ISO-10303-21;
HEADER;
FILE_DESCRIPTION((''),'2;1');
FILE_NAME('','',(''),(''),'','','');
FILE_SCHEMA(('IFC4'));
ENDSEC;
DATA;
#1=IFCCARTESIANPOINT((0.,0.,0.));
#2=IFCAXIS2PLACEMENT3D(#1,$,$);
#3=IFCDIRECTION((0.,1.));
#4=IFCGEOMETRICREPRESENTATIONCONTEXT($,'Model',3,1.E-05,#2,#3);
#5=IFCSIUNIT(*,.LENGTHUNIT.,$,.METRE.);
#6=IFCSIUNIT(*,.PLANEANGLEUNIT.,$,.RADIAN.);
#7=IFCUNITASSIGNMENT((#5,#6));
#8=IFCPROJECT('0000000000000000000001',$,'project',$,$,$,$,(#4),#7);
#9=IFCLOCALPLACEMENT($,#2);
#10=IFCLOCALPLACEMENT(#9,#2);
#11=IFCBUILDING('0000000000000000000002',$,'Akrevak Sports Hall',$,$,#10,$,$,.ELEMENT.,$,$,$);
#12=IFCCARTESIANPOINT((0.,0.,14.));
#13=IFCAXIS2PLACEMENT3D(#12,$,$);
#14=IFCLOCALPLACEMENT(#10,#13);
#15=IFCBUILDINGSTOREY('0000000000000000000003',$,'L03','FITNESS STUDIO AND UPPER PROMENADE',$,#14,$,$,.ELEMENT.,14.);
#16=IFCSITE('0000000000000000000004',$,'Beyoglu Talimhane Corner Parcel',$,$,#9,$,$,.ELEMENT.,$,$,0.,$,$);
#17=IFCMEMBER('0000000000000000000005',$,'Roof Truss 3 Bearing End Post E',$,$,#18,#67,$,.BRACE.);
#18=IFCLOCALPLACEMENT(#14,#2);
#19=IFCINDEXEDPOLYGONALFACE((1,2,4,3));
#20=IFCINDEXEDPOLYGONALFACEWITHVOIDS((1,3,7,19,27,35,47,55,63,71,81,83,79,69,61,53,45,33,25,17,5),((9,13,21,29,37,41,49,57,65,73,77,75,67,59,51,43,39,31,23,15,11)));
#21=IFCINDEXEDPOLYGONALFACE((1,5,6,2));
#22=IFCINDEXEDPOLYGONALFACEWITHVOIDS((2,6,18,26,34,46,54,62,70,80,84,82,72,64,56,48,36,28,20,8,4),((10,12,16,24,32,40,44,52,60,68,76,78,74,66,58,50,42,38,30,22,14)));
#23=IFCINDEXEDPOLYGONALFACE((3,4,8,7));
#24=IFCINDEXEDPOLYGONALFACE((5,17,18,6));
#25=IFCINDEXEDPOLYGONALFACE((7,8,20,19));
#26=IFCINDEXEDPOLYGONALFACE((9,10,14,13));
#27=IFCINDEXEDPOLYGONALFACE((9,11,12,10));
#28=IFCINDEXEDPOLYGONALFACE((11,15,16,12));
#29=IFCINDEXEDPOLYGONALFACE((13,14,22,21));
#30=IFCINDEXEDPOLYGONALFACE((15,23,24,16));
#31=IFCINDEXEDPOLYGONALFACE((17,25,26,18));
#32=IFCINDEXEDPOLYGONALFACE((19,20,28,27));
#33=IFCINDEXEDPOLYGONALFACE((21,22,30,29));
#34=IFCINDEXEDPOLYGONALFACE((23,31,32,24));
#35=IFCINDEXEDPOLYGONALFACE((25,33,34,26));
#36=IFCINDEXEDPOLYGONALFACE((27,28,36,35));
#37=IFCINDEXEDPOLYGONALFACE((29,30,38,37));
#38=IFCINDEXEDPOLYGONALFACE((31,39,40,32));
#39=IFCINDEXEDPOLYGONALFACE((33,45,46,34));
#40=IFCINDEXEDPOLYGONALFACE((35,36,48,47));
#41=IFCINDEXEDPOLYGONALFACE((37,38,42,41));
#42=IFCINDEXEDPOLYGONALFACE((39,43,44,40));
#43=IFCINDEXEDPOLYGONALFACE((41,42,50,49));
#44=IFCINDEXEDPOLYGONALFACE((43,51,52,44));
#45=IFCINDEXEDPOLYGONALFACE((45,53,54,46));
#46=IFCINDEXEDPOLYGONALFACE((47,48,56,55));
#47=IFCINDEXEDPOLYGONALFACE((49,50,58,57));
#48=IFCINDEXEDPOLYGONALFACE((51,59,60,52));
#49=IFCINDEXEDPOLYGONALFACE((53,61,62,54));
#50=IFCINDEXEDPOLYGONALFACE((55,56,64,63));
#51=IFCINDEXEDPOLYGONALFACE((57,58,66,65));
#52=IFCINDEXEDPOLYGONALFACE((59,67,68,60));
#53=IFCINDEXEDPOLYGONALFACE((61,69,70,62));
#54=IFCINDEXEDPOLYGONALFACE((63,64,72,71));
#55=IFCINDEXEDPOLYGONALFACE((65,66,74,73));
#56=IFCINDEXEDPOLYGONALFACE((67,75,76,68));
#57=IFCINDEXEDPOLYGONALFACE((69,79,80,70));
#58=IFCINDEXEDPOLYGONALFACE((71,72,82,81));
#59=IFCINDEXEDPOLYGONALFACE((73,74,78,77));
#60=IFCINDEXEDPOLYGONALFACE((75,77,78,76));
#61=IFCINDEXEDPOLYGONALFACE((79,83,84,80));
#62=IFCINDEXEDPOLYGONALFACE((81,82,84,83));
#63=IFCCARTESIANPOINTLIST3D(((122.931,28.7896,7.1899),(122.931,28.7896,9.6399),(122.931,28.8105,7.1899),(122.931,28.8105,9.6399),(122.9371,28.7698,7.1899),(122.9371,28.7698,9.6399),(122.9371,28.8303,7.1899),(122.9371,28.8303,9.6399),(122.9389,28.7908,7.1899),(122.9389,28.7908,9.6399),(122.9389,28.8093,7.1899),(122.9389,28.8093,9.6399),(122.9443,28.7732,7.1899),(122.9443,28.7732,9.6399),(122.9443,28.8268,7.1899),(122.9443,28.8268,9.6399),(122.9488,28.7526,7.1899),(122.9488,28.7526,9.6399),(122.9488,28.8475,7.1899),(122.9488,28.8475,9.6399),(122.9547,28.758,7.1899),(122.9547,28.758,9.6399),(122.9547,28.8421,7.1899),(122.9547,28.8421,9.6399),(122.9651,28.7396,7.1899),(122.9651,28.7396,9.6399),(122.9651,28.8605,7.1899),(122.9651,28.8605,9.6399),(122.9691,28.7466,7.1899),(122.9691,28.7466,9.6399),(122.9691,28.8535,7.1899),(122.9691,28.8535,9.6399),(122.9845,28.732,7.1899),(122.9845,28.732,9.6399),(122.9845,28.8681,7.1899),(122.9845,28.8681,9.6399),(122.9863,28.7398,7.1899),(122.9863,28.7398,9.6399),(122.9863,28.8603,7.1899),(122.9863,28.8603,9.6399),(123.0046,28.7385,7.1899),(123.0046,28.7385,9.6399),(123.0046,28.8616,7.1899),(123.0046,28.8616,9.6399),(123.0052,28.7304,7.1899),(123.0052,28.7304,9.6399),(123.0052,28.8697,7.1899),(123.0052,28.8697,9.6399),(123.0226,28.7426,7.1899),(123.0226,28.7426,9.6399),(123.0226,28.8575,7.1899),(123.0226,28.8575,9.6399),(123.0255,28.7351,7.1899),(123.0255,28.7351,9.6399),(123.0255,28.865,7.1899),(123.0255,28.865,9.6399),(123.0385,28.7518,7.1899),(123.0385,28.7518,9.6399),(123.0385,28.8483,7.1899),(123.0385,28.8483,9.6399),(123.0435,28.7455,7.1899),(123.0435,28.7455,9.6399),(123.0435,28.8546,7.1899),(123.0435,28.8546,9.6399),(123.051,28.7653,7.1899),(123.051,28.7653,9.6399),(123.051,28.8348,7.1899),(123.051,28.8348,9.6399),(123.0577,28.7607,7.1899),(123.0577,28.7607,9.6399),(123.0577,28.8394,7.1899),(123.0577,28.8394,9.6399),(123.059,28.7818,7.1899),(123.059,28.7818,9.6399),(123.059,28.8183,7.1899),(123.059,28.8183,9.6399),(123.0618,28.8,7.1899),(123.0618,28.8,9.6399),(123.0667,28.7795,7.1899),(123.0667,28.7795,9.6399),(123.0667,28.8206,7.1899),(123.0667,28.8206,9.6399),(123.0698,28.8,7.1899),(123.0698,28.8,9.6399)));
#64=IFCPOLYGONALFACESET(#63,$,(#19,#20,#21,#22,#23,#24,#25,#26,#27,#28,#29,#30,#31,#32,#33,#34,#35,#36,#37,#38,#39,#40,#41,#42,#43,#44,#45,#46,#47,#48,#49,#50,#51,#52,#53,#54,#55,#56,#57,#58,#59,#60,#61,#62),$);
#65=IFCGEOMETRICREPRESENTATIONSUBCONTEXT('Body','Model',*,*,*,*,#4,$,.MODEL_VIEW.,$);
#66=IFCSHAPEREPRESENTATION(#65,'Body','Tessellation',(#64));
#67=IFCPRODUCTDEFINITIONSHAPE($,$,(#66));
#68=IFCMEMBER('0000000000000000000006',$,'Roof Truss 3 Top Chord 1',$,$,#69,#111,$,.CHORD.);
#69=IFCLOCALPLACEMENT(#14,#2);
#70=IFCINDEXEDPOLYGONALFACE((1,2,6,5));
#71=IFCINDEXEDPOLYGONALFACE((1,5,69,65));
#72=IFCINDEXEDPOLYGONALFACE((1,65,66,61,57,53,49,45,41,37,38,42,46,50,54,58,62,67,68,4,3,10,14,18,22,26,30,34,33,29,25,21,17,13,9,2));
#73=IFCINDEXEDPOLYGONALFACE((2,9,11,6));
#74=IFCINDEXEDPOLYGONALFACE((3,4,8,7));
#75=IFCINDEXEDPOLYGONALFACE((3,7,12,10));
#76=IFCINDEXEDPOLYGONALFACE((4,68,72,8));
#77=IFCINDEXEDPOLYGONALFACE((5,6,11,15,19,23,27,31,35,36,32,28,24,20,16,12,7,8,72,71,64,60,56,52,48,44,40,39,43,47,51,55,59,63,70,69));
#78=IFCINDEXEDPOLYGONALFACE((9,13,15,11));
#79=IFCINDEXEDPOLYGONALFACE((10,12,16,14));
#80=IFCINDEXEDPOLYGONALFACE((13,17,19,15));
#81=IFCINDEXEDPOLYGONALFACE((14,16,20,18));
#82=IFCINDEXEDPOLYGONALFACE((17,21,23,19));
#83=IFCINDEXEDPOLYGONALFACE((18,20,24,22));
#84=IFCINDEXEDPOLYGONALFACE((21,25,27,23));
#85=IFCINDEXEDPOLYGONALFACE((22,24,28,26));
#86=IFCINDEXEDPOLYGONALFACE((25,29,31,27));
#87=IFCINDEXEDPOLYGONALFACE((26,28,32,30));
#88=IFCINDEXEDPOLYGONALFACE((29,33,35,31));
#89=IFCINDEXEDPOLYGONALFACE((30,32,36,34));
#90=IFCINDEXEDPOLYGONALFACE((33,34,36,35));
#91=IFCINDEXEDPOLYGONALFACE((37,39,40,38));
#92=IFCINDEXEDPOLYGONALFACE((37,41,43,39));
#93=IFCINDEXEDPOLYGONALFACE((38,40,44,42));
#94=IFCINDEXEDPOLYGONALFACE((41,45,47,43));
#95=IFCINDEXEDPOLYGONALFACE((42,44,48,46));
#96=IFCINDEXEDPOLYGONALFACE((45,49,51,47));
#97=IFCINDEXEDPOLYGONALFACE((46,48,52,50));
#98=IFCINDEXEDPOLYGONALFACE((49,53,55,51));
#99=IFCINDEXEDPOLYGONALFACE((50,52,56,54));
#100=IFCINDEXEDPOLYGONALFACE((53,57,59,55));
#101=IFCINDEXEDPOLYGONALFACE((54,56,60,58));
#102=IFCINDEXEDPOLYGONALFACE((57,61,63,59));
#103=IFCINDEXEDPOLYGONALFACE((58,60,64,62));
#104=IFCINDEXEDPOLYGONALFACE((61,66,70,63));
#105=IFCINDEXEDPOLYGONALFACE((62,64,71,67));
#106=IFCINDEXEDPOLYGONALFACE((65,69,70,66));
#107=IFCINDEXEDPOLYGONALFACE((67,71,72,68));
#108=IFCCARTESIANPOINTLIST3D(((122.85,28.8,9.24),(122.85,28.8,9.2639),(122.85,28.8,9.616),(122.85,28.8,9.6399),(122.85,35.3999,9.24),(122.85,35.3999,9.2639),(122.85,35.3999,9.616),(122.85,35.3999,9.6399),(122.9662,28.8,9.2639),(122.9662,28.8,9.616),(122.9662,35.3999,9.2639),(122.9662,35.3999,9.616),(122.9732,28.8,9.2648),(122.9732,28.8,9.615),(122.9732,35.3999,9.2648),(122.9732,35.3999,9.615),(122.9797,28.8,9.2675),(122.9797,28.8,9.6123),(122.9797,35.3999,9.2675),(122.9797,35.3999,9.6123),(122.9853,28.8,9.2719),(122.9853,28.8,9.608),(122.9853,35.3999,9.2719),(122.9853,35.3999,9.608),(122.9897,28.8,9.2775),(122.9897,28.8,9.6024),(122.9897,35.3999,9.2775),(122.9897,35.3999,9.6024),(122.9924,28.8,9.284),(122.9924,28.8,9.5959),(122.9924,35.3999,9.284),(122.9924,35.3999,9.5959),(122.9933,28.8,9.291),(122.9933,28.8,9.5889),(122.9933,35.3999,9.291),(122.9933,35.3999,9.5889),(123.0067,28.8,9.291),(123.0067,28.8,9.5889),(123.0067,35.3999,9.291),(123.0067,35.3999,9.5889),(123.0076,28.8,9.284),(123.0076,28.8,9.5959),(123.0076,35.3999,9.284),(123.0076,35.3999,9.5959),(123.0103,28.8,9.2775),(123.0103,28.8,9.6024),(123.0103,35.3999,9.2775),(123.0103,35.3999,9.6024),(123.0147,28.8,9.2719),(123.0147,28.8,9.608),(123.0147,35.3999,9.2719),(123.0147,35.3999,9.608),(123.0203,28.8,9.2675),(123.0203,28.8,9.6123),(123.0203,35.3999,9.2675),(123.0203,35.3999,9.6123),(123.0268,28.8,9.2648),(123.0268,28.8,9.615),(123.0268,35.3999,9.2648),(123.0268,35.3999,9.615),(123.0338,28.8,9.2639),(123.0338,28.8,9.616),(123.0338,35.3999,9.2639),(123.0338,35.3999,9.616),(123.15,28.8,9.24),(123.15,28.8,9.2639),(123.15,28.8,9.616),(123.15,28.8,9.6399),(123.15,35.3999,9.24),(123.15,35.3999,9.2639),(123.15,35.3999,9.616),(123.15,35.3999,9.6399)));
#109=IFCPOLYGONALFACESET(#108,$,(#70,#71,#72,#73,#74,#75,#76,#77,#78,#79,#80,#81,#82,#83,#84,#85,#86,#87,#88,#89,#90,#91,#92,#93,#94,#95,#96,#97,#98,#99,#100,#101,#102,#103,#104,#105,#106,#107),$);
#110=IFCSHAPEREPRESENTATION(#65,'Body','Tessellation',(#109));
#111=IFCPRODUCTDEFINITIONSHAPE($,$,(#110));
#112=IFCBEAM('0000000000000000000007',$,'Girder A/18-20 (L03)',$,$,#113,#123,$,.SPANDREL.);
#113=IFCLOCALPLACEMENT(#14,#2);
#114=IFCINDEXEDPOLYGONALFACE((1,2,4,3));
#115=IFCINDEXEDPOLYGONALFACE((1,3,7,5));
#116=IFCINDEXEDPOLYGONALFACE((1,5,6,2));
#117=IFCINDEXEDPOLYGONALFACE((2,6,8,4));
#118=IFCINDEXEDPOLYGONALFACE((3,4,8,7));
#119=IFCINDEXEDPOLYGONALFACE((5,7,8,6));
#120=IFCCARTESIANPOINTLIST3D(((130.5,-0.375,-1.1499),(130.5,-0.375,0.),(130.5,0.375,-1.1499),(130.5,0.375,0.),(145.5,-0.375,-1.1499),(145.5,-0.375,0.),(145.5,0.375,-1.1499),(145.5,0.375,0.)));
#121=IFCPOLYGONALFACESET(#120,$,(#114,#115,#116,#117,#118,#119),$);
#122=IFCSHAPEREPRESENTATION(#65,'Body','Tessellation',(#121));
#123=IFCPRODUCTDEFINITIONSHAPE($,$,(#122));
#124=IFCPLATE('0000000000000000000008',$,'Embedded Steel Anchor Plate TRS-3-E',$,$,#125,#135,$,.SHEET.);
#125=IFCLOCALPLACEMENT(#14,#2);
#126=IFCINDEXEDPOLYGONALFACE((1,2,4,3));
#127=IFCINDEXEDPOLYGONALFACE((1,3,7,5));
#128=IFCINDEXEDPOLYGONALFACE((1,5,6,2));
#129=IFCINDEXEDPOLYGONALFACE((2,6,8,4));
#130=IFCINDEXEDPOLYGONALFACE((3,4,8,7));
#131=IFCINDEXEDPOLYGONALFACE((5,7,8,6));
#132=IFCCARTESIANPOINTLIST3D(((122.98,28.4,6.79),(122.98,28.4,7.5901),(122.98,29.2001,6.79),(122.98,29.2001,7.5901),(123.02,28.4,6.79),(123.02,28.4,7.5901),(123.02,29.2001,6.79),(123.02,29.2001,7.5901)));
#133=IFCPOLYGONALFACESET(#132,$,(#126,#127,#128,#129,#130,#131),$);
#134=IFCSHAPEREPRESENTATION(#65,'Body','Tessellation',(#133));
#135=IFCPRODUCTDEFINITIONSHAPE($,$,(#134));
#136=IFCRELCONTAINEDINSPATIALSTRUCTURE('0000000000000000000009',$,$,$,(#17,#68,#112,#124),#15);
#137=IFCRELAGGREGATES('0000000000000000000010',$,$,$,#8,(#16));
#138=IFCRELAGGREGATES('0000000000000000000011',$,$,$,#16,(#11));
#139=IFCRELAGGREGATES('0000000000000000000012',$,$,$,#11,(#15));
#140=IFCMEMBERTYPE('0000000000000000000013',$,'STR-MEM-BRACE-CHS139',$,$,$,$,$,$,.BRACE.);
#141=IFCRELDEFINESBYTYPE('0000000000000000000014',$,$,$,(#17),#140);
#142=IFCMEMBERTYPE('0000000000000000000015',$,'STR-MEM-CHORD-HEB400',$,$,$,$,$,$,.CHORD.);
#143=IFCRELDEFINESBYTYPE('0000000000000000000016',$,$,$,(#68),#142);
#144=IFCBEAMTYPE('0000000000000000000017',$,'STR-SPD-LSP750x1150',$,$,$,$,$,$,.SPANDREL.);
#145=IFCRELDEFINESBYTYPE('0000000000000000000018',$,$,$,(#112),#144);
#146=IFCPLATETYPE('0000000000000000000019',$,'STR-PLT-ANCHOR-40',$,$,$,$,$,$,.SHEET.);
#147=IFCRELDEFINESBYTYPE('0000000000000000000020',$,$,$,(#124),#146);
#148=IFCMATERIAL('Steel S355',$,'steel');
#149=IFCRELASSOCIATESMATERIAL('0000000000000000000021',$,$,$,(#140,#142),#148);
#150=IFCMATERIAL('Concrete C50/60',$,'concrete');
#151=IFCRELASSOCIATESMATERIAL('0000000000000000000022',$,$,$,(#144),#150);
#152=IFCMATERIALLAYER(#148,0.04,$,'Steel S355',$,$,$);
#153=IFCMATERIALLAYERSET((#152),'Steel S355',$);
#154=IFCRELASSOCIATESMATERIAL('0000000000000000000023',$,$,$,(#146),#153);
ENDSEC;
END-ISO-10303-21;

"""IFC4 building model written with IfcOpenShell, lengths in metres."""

from ifc_helpers import new_model, si_unit, direction, frame, origin, origin_2d, place, context, subcontext, project, spatial, rectangle, hollow_circle, i_section, extrude, material, layer, layer_set, material_profile, profile_set, type_object, element, save


model = new_model("IFC4")

# Units and contexts
model_context = context("Model", 3, precision=1e-05, world=origin(), true_north=direction((0.0, 1.0)))
body_context = subcontext(model_context, "Body", "Model", "MODEL_VIEW")
ifc_project = project(units=[si_unit("LENGTHUNIT", "METRE"), si_unit("PLANEANGLEUNIT", "RADIAN")], contexts=[model_context])

# Site, building, storey
site_placement = place(None, origin())
site = spatial("IfcSite", under=ifc_project, at=site_placement, Name="Beyoglu Talimhane Corner Parcel", CompositionType="ELEMENT", RefElevation=0.0)
building_placement = place(site_placement, origin())
building = spatial("IfcBuilding", under=site, at=building_placement, Name="Akrevak Sports Hall", CompositionType="ELEMENT")
storey_placement = place(building_placement, frame((0.0, 0.0, 14.0)))
storey = spatial("IfcBuildingStorey", under=building, at=storey_placement, Name="L03", Description="FITNESS STUDIO AND UPPER PROMENADE", CompositionType="ELEMENT", Elevation=14.0)

# Shared definitions
ifc_material_1 = material(Name="Concrete C50/60", Category="concrete")

# Members
ifc_material_2 = material(Name="Steel S355", Category="steel")
ifc_material_profile_1 = material_profile(ifc_material_2, hollow_circle(Radius=0.0698, WallThickness=0.0081, at=origin_2d()), Name="CHS 139.7x8", Category="steel")
ifc_profile_set_1 = profile_set([ifc_material_profile_1], Name="Steel S355")
member_type_1 = type_object("IfcMemberType", Name="STR-MEM-BRACE-CHS139", PredefinedType="BRACE", material=ifc_profile_set_1)
member_1_placement = place(storey_placement, frame((123.0, 28.8, 7.1899), z_axis=(0.0, 0.0, 1.0), x_axis=(1.0, 0.0, 0.0)))
element("IfcMember", 1, at=member_1_placement, inside=storey, type_object=member_type_1, Name="Roof Truss 3 Bearing End Post E", PredefinedType="BRACE", context=body_context, shape_type="SweptSolid", body=[
    extrude(hollow_circle(Radius=0.0698, WallThickness=0.0081, at=origin_2d()), origin(), (0.0, 0.0, 1.0), 2.45),
])
ifc_material_profile_2 = material_profile(ifc_material_2, i_section(OverallWidth=0.3, OverallDepth=0.3999, WebThickness=0.0134, FlangeThickness=0.0239, FilletRadius=0.0271, at=origin_2d()), Name="HEB 400", Category="steel")
ifc_profile_set_2 = profile_set([ifc_material_profile_2], Name="Steel S355")
member_type_2 = type_object("IfcMemberType", Name="STR-MEM-CHORD-HEB400", PredefinedType="CHORD", material=ifc_profile_set_2)
member_2_placement = place(storey_placement, frame((123.0, 28.8, 9.4399), z_axis=(0.0, 1.0, 0.0), x_axis=(-1.0, 0.0, 0.0)))
element("IfcMember", 2, at=member_2_placement, inside=storey, type_object=member_type_2, Name="Roof Truss 3 Top Chord 1", PredefinedType="CHORD", context=body_context, shape_type="SweptSolid", body=[
    extrude(i_section(OverallWidth=0.3, OverallDepth=0.3999, WebThickness=0.0134, FlangeThickness=0.0239, FilletRadius=0.0271, at=origin_2d()), origin(), (0.0, 0.0, 1.0), 6.5999),
])

# Beam
ifc_material_profile_3 = material_profile(ifc_material_1, rectangle(XDim=0.75, YDim=1.1499, at=origin_2d()), Name="SPD 750x1150", Category="concrete")
ifc_profile_set_3 = profile_set([ifc_material_profile_3], Name="Concrete C50/60")
beam_type_1 = type_object("IfcBeamType", Name="STR-SPD-LSP750x1150", PredefinedType="SPANDREL", material=ifc_profile_set_3)
beam_1_placement = place(storey_placement, frame((130.5, 0.0, -0.575), z_axis=(1.0, 0.0, 0.0), x_axis=(0.0, 1.0, 0.0)))
element("IfcBeam", 3, at=beam_1_placement, inside=storey, type_object=beam_type_1, Name="Girder A/18-20 (L03)", PredefinedType="SPANDREL", context=body_context, shape_type="SweptSolid", body=[
    extrude(rectangle(XDim=0.75, YDim=1.1499, at=origin_2d()), origin(), (0.0, 0.0, 1.0), 15.0),
])

# Plate
ifc_layer_1 = layer(ifc_material_2, 0.04, Name="Steel S355")
ifc_layer_set_1 = layer_set([ifc_layer_1], Name="Steel S355")
plate_type = type_object("IfcPlateType", Name="STR-PLT-ANCHOR-40", PredefinedType="SHEET", material=ifc_layer_set_1)
plate_placement = place(storey_placement, frame((123.0, 28.8, 6.79), z_axis=(0.0, 0.0, 1.0), x_axis=(0.0, 1.0, 0.0)))
element("IfcPlate", 4, at=plate_placement, inside=storey, type_object=plate_type, Name="Embedded Steel Anchor Plate TRS-3-E", PredefinedType="SHEET", context=body_context, shape_type="SweptSolid", body=[
    extrude(rectangle(XDim=0.8, YDim=0.04, at=origin_2d()), origin(), (0.0, 0.0, 1.0), 0.8),
])

save(model, "model.ifc")
